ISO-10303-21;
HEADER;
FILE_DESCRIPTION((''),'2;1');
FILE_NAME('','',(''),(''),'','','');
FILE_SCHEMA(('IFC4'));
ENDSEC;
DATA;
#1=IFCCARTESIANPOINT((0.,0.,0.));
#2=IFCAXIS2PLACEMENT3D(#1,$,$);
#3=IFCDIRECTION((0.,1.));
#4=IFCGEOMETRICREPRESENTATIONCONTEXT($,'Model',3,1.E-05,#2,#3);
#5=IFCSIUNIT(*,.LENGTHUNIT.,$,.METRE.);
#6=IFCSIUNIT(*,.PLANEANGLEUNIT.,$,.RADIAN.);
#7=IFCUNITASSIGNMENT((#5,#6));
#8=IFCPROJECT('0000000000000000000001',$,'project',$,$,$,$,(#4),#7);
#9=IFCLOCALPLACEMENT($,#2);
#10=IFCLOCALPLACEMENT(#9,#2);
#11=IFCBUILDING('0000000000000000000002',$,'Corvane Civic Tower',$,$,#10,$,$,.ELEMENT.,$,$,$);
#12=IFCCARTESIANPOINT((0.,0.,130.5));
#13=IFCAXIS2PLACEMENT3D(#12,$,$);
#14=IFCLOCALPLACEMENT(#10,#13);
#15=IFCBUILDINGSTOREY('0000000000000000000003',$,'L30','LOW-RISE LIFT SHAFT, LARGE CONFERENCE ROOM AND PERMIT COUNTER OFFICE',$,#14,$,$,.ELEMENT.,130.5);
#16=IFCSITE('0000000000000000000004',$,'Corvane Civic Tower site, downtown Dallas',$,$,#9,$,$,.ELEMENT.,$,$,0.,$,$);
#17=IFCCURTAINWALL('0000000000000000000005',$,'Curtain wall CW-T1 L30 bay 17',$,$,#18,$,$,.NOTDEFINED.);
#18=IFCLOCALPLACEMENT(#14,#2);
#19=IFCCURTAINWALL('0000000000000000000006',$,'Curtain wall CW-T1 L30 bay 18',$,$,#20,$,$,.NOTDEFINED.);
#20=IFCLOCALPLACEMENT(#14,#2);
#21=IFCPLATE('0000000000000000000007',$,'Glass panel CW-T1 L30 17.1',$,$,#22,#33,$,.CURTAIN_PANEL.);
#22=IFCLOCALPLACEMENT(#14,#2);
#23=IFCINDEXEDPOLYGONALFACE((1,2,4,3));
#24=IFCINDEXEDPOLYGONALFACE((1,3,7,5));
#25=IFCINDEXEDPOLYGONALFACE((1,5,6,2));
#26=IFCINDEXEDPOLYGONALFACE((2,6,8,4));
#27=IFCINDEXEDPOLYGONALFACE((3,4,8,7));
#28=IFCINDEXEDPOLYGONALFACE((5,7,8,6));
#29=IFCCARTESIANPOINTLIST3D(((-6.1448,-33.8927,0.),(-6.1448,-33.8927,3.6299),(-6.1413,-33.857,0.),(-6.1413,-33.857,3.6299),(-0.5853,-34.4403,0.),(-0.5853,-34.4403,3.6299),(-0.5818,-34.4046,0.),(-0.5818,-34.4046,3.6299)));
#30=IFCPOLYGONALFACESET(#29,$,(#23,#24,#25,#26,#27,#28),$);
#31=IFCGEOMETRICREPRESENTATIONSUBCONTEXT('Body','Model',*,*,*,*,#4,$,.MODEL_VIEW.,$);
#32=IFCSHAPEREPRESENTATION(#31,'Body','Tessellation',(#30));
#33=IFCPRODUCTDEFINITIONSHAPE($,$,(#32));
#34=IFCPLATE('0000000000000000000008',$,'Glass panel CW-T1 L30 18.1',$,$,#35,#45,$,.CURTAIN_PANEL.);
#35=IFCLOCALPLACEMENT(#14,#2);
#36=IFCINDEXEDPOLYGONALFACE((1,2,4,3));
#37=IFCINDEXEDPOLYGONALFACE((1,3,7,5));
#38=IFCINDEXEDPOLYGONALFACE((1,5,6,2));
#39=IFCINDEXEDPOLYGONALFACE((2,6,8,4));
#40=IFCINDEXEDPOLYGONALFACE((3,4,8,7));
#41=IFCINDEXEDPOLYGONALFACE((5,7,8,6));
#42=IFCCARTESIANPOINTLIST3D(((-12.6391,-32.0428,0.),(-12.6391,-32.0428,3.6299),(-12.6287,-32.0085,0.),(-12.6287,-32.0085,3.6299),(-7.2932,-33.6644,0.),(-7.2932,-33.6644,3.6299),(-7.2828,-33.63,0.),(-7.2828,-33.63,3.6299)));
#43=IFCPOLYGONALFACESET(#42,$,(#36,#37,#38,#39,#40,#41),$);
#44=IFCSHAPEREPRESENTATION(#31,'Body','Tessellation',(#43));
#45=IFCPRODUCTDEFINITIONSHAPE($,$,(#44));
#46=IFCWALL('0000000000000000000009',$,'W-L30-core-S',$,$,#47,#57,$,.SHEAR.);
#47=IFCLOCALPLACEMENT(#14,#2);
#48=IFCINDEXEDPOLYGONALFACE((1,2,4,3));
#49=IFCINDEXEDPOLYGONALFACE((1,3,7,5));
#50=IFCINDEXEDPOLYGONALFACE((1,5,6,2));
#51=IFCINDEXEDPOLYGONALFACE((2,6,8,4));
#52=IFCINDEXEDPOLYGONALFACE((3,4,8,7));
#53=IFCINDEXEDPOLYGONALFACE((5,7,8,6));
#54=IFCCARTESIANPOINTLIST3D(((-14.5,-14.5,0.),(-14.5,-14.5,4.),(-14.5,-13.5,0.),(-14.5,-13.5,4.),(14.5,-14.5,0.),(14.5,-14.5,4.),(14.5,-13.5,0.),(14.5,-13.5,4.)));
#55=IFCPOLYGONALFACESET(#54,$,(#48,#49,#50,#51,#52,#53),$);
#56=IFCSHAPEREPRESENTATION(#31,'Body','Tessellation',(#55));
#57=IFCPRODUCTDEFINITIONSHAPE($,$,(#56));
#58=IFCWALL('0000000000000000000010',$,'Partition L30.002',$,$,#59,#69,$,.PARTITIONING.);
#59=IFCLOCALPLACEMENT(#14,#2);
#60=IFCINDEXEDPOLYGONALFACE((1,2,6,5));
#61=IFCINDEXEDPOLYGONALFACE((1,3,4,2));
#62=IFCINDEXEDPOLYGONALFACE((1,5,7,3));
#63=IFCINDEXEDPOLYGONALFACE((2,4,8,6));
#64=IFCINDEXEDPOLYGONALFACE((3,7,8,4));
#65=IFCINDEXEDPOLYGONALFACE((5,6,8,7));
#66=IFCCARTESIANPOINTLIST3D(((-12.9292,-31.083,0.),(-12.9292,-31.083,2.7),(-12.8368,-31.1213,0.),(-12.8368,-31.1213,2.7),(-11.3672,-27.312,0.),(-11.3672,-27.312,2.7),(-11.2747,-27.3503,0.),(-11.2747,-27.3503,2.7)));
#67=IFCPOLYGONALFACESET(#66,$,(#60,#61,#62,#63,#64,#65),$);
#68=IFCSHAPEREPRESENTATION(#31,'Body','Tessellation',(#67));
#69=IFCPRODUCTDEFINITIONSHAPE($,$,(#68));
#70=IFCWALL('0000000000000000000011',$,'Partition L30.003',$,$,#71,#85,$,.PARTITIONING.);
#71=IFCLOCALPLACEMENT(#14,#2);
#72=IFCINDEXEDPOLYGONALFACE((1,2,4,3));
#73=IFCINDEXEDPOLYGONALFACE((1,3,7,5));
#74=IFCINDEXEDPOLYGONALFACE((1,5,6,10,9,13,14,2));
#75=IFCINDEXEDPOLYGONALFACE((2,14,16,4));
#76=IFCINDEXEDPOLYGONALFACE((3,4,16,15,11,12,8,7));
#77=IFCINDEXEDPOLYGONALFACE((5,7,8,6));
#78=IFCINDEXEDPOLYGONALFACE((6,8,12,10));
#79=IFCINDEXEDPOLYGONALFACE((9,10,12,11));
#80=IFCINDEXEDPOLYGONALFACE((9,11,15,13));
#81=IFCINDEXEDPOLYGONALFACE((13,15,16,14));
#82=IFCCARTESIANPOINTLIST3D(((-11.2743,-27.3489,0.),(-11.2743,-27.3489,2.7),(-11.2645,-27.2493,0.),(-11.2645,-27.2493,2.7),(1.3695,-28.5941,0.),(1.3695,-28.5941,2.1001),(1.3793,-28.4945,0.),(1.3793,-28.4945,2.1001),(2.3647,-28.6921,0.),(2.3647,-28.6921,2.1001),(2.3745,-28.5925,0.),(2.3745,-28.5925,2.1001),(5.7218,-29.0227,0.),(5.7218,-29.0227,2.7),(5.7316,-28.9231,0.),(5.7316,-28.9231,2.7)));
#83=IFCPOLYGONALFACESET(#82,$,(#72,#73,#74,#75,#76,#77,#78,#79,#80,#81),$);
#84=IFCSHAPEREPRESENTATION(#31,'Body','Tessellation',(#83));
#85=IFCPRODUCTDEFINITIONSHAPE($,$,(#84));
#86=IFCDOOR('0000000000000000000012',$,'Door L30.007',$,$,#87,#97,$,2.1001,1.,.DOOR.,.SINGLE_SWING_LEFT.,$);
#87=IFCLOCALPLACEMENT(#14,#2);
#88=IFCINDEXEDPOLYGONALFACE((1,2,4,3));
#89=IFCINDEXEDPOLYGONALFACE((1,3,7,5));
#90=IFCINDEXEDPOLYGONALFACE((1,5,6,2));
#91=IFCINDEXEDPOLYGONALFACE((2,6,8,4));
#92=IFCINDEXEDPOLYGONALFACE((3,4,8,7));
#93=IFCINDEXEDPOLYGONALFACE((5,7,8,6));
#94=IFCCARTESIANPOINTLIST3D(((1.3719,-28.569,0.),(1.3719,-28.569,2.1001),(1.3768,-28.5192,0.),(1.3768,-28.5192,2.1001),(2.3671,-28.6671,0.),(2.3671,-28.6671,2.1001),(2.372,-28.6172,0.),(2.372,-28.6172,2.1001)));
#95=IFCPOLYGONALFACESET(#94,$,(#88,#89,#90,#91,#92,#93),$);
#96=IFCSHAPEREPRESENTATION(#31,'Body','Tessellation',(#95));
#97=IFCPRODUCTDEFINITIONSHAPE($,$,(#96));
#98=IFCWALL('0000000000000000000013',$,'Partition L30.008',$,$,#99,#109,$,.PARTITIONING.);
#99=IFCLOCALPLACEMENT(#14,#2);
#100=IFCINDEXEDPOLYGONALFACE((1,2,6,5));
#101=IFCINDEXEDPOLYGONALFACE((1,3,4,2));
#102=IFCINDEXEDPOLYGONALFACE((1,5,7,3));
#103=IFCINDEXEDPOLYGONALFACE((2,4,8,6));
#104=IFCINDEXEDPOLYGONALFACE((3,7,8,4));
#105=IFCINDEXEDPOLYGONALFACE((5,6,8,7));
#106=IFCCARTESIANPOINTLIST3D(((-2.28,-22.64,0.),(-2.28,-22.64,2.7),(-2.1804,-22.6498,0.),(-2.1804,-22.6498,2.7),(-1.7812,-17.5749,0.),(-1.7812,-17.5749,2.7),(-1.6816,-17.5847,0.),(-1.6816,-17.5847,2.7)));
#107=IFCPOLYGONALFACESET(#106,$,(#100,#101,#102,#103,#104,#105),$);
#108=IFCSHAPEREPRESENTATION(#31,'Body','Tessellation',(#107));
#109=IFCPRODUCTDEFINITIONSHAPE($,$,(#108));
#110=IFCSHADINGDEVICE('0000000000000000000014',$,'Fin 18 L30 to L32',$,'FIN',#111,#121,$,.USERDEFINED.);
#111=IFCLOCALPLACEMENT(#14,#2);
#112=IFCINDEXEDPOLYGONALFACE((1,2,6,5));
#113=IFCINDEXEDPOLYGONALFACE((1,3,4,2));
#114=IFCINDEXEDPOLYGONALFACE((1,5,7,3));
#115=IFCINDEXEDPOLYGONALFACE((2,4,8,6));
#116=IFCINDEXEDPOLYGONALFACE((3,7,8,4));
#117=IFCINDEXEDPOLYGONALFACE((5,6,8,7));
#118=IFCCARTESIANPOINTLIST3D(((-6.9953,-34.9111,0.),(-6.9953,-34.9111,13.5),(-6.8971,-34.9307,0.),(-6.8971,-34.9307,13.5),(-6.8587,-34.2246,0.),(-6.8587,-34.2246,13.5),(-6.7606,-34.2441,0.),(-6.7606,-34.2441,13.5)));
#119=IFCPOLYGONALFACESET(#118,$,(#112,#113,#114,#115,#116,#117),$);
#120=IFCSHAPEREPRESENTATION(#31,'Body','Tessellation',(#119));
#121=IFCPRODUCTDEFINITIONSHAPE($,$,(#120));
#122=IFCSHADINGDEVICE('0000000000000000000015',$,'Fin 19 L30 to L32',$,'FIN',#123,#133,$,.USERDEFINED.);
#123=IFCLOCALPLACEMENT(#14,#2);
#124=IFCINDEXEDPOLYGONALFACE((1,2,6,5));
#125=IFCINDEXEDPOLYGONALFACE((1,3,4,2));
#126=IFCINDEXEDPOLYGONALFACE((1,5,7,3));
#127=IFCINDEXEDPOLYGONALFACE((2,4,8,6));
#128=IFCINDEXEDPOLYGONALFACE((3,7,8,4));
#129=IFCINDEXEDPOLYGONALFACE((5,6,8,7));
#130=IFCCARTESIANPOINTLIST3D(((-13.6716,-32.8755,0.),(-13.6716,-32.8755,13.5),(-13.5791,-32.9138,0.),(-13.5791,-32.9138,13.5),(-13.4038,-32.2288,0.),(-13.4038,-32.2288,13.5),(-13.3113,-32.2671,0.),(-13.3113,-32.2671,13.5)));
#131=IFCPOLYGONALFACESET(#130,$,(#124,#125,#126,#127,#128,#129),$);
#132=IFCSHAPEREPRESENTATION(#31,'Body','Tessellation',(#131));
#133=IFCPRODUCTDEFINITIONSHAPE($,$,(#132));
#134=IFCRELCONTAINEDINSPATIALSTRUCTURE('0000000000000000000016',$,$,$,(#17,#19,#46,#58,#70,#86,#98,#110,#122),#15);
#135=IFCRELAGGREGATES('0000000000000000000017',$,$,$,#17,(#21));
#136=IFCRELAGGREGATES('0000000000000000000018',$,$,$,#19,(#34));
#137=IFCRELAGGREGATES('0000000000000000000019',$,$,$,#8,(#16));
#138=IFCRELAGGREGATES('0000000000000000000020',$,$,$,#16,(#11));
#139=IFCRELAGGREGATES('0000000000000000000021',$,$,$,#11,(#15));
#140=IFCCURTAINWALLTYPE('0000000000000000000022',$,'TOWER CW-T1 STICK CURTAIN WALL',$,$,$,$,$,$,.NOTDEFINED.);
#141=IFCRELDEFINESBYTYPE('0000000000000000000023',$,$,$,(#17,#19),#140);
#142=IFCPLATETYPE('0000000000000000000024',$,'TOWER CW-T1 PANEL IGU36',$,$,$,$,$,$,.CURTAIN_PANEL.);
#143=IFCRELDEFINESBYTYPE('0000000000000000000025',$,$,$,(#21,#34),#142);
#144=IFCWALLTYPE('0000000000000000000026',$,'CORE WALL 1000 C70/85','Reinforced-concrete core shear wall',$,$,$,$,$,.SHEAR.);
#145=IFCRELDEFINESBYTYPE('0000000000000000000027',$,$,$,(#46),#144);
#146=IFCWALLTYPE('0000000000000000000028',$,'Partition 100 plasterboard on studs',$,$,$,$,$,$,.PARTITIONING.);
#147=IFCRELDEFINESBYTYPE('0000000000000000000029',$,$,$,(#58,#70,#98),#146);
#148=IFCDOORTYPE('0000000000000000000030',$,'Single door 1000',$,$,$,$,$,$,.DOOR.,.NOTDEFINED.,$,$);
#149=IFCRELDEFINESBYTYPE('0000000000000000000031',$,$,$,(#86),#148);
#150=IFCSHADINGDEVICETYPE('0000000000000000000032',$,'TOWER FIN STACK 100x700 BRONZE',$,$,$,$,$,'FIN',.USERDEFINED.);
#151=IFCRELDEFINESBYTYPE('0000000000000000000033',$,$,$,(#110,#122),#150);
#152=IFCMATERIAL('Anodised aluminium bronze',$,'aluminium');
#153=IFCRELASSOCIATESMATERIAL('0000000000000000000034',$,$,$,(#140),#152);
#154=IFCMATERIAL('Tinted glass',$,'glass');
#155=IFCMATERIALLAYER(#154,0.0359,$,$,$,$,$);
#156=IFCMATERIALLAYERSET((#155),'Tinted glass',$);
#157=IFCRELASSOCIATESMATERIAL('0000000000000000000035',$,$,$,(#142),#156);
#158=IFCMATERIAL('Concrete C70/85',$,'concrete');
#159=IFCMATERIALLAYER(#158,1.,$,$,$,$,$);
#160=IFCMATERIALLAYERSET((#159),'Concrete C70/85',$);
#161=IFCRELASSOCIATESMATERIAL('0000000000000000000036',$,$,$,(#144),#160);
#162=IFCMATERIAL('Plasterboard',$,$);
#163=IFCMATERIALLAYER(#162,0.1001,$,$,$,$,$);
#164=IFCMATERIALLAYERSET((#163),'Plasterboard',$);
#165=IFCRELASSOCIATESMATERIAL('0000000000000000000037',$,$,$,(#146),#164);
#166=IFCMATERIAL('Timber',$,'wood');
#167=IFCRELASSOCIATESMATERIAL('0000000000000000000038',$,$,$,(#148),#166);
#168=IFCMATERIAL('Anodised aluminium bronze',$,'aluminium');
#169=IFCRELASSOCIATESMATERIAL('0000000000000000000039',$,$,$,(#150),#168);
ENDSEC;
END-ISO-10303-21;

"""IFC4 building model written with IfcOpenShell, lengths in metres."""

from ifc_helpers import new_model, si_unit, direction, frame, frame_2d, origin, origin_2d, place, context, subcontext, project, spatial, rectangle, extrude, material, layer, layer_set, material_profile, profile_set, type_object, element, fill, aggregate, save


model = new_model("IFC4")

# Units and contexts
model_context = context("Model", 3, precision=1e-05, world=origin(), true_north=direction((0.0, 1.0)))
body_context = subcontext(model_context, "Body", "Model", "MODEL_VIEW")
ifc_project = project(units=[si_unit("LENGTHUNIT", "METRE"), si_unit("PLANEANGLEUNIT", "RADIAN")], contexts=[model_context])

# Site, building, storey
site_placement = place(None, origin())
site = spatial("IfcSite", under=ifc_project, at=site_placement, Name="Corvane Civic Tower site, downtown Dallas", CompositionType="ELEMENT", RefElevation=0.0)
building_placement = place(site_placement, origin())
building = spatial("IfcBuilding", under=site, at=building_placement, Name="Corvane Civic Tower", CompositionType="ELEMENT")
storey_placement = place(building_placement, frame((0.0, 0.0, 130.5)))
storey = spatial("IfcBuildingStorey", under=building, at=storey_placement, Name="L30", Description="LOW-RISE LIFT SHAFT, LARGE CONFERENCE ROOM AND PERMIT COUNTER OFFICE", CompositionType="ELEMENT", Elevation=130.5)

# Curtain walls
ifc_material_1 = material(Name="Anodised aluminium bronze", Category="aluminium")
curtain_wall_type = type_object("IfcCurtainWallType", Name="TOWER CW-T1 STICK CURTAIN WALL", PredefinedType="NOTDEFINED", material=ifc_material_1)
curtain_wall_1_placement = place(storey_placement, origin())
curtain_wall_1 = element("IfcCurtainWall", 1, at=curtain_wall_1_placement, inside=storey, type_object=curtain_wall_type, Name="Curtain wall CW-T1 L30 bay 17", PredefinedType="NOTDEFINED")
curtain_wall_2_placement = place(storey_placement, origin())
curtain_wall_2 = element("IfcCurtainWall", 2, at=curtain_wall_2_placement, inside=storey, type_object=curtain_wall_type, Name="Curtain wall CW-T1 L30 bay 18", PredefinedType="NOTDEFINED")

# Plates
ifc_material_2 = material(Name="Tinted glass", Category="glass")
ifc_layer_1 = layer(ifc_material_2, 0.0359)
ifc_layer_set_1 = layer_set([ifc_layer_1], Name="Tinted glass")
plate_type = type_object("IfcPlateType", Name="TOWER CW-T1 PANEL IGU36", PredefinedType="CURTAIN_PANEL", material=ifc_layer_set_1)
plate_1_placement = place(storey_placement, frame((-3.3633, -34.1487, 0.0), z_axis=(0.0, 0.0, 1.0), x_axis=(-0.995184, 0.098027, 0.0)))
plate_1 = element("IfcPlate", 3, at=plate_1_placement, type_object=plate_type, Name="Glass panel CW-T1 L30 17.1", PredefinedType="CURTAIN_PANEL", context=body_context, shape_type="SweptSolid", body=[
    extrude(rectangle(XDim=5.5864, YDim=0.0359, at=origin_2d()), origin(), (0.0, 0.0, 1.0), 3.6299),
])
aggregate(curtain_wall_1, [plate_1])
plate_2_placement = place(storey_placement, frame((-9.9609, -32.8364, 0.0), z_axis=(0.0, 0.0, 1.0), x_axis=(-0.956946, 0.290266, 0.0)))
plate_2 = element("IfcPlate", 4, at=plate_2_placement, type_object=plate_type, Name="Glass panel CW-T1 L30 18.1", PredefinedType="CURTAIN_PANEL", context=body_context, shape_type="SweptSolid", body=[
    extrude(rectangle(XDim=5.5864, YDim=0.0359, at=origin_2d()), origin(), (0.0, 0.0, 1.0), 3.6299),
])
aggregate(curtain_wall_2, [plate_2])

# Walls
ifc_material_3 = material(Name="Concrete C70/85", Category="concrete")
ifc_layer_2 = layer(ifc_material_3, 1.0)
ifc_layer_set_2 = layer_set([ifc_layer_2], Name="Concrete C70/85")
wall_type_1 = type_object("IfcWallType", Name="CORE WALL 1000 C70/85", Description="Reinforced-concrete core shear wall", PredefinedType="SHEAR", material=ifc_layer_set_2)
wall_1_placement = place(storey_placement, frame((-14.5, -14.0, 0.0), z_axis=(0.0, 0.0, 1.0), x_axis=(1.0, 0.0, 0.0)))
element("IfcWall", 5, at=wall_1_placement, inside=storey, type_object=wall_type_1, Name="W-L30-core-S", PredefinedType="SHEAR", context=body_context, shape_type="SweptSolid", body=[
    extrude(rectangle(XDim=29.0, YDim=1.0, at=frame_2d((14.5, 0.0))), origin(), (0.0, 0.0, 1.0), 4.0),
])
ifc_material_4 = material(Name="Plasterboard")
ifc_layer_3 = layer(ifc_material_4, 0.1001)
ifc_layer_set_3 = layer_set([ifc_layer_3], Name="Plasterboard")
wall_type_2 = type_object("IfcWallType", Name="Partition 100 plasterboard on studs", PredefinedType="PARTITIONING", material=ifc_layer_set_3)
wall_2_placement = place(storey_placement, frame((-12.8831, -31.1023, 0.0), z_axis=(0.0, 0.0, 1.0), x_axis=(0.382686, 0.923878, 0.0)))
element("IfcWall", 6, at=wall_2_placement, inside=storey, type_object=wall_type_2, Name="Partition L30.002", PredefinedType="PARTITIONING", context=body_context, shape_type="SweptSolid", body=[
    extrude(rectangle(XDim=4.0818, YDim=0.1001, at=frame_2d((2.041, 0.0))), origin(), (0.0, 0.0, 1.0), 2.7),
])

# Wall, opening, door
wall_3_placement = place(storey_placement, frame((-11.2693, -27.2991, 0.0), z_axis=(0.0, 0.0, 1.0), x_axis=(0.995186, -0.098009, 0.0)))
wall_3 = element("IfcWall", 7, at=wall_3_placement, inside=storey, type_object=wall_type_2, Name="Partition L30.003", PredefinedType="PARTITIONING", context=body_context, shape_type="SweptSolid", body=[
    extrude(rectangle(XDim=17.0784, YDim=0.1001, at=frame_2d((8.5391, 0.0))), origin(), (0.0, 0.0, 1.0), 2.7),
])
opening_placement = place(wall_3_placement, frame((12.7048, 0.0, 0.0)))
opening = element("IfcOpeningElement", 8, at=opening_placement, cuts=wall_3, PredefinedType="OPENING", context=body_context, shape_type="SweptSolid", body=[
    extrude(rectangle(XDim=1.0, YDim=2.1001, at=frame_2d((0.5, 1.05))), frame((0.0, 0.0601, 0.0), z_axis=(0.0, -1.0, 0.0), x_axis=(1.0, 0.0, 0.0)), (0.0, 0.0, 1.0), 0.1201),
])
ifc_material_5 = material(Name="Timber", Category="wood")
door_type = type_object("IfcDoorType", Name="Single door 1000", OperationType="NOTDEFINED", PredefinedType="DOOR", material=ifc_material_5)
door_placement = place(opening_placement, frame((1.0, 0.0, 0.0), z_axis=(0.0, 0.0, 1.0), x_axis=(-1.0, 0.0, 0.0)))
door = element("IfcDoor", 9, at=door_placement, inside=storey, type_object=door_type, Name="Door L30.007", OperationType="SINGLE_SWING_LEFT", OverallHeight=2.1001, OverallWidth=1.0, PredefinedType="DOOR", context=body_context, shape_type="SweptSolid", body=[
    extrude(rectangle(XDim=1.0, YDim=2.1001, at=frame_2d((0.5, 1.05))), frame((0.0, 0.0249, 0.0), z_axis=(0.0, -1.0, 0.0), x_axis=(1.0, 0.0, 0.0)), (0.0, 0.0, 1.0), 0.05),
])
fill(opening, door)

# Wall
wall_4_placement = place(storey_placement, frame((-2.2302, -22.645, 0.0), z_axis=(0.0, 0.0, 1.0), x_axis=(0.097998, 0.995187, 0.0)))
element("IfcWall", 10, at=wall_4_placement, inside=storey, type_object=wall_type_2, Name="Partition L30.008", PredefinedType="PARTITIONING", context=body_context, shape_type="SweptSolid", body=[
    extrude(rectangle(XDim=5.0896, YDim=0.1001, at=frame_2d((2.5449, 0.0))), origin(), (0.0, 0.0, 1.0), 2.7),
])

# Shading devices
ifc_material_6 = material(Name="Anodised aluminium bronze", Category="aluminium")
ifc_material_profile_1 = material_profile(ifc_material_6, rectangle(XDim=0.1001, YDim=0.7, at=origin_2d()), Name="TOWER FIN STACK 100x700 BRONZE")
ifc_profile_set_1 = profile_set([ifc_material_profile_1], Name="Anodised aluminium bronze")
shading_device_type = type_object("IfcShadingDeviceType", Name="TOWER FIN STACK 100x700 BRONZE", ElementType="FIN", PredefinedType="USERDEFINED", material=ifc_profile_set_1)
for number, where, z_axis, x_axis, name in (
    (11, (-6.8779, -34.5776, 0.0), (0.0, 0.0, 1.0), (-0.980785, 0.19509, 0.0), "Fin 18 L30 to L32"),
    (12, (-13.4915, -32.5713, 0.0), (0.0, 0.0, 1.0), (-0.92388, 0.382683, 0.0), "Fin 19 L30 to L32"),
):
    element("IfcShadingDevice", number, at=place(storey_placement, frame(where, z_axis=z_axis, x_axis=x_axis)), inside=storey, type_object=shading_device_type, Name=name, ObjectType="FIN", PredefinedType="USERDEFINED", context=body_context, shape_type="SweptSolid", body=[
        extrude(rectangle(XDim=0.1001, YDim=0.7, at=origin_2d()), origin(), (0.0, 0.0, 1.0), 13.5),
    ])

save(model, "model.ifc")
